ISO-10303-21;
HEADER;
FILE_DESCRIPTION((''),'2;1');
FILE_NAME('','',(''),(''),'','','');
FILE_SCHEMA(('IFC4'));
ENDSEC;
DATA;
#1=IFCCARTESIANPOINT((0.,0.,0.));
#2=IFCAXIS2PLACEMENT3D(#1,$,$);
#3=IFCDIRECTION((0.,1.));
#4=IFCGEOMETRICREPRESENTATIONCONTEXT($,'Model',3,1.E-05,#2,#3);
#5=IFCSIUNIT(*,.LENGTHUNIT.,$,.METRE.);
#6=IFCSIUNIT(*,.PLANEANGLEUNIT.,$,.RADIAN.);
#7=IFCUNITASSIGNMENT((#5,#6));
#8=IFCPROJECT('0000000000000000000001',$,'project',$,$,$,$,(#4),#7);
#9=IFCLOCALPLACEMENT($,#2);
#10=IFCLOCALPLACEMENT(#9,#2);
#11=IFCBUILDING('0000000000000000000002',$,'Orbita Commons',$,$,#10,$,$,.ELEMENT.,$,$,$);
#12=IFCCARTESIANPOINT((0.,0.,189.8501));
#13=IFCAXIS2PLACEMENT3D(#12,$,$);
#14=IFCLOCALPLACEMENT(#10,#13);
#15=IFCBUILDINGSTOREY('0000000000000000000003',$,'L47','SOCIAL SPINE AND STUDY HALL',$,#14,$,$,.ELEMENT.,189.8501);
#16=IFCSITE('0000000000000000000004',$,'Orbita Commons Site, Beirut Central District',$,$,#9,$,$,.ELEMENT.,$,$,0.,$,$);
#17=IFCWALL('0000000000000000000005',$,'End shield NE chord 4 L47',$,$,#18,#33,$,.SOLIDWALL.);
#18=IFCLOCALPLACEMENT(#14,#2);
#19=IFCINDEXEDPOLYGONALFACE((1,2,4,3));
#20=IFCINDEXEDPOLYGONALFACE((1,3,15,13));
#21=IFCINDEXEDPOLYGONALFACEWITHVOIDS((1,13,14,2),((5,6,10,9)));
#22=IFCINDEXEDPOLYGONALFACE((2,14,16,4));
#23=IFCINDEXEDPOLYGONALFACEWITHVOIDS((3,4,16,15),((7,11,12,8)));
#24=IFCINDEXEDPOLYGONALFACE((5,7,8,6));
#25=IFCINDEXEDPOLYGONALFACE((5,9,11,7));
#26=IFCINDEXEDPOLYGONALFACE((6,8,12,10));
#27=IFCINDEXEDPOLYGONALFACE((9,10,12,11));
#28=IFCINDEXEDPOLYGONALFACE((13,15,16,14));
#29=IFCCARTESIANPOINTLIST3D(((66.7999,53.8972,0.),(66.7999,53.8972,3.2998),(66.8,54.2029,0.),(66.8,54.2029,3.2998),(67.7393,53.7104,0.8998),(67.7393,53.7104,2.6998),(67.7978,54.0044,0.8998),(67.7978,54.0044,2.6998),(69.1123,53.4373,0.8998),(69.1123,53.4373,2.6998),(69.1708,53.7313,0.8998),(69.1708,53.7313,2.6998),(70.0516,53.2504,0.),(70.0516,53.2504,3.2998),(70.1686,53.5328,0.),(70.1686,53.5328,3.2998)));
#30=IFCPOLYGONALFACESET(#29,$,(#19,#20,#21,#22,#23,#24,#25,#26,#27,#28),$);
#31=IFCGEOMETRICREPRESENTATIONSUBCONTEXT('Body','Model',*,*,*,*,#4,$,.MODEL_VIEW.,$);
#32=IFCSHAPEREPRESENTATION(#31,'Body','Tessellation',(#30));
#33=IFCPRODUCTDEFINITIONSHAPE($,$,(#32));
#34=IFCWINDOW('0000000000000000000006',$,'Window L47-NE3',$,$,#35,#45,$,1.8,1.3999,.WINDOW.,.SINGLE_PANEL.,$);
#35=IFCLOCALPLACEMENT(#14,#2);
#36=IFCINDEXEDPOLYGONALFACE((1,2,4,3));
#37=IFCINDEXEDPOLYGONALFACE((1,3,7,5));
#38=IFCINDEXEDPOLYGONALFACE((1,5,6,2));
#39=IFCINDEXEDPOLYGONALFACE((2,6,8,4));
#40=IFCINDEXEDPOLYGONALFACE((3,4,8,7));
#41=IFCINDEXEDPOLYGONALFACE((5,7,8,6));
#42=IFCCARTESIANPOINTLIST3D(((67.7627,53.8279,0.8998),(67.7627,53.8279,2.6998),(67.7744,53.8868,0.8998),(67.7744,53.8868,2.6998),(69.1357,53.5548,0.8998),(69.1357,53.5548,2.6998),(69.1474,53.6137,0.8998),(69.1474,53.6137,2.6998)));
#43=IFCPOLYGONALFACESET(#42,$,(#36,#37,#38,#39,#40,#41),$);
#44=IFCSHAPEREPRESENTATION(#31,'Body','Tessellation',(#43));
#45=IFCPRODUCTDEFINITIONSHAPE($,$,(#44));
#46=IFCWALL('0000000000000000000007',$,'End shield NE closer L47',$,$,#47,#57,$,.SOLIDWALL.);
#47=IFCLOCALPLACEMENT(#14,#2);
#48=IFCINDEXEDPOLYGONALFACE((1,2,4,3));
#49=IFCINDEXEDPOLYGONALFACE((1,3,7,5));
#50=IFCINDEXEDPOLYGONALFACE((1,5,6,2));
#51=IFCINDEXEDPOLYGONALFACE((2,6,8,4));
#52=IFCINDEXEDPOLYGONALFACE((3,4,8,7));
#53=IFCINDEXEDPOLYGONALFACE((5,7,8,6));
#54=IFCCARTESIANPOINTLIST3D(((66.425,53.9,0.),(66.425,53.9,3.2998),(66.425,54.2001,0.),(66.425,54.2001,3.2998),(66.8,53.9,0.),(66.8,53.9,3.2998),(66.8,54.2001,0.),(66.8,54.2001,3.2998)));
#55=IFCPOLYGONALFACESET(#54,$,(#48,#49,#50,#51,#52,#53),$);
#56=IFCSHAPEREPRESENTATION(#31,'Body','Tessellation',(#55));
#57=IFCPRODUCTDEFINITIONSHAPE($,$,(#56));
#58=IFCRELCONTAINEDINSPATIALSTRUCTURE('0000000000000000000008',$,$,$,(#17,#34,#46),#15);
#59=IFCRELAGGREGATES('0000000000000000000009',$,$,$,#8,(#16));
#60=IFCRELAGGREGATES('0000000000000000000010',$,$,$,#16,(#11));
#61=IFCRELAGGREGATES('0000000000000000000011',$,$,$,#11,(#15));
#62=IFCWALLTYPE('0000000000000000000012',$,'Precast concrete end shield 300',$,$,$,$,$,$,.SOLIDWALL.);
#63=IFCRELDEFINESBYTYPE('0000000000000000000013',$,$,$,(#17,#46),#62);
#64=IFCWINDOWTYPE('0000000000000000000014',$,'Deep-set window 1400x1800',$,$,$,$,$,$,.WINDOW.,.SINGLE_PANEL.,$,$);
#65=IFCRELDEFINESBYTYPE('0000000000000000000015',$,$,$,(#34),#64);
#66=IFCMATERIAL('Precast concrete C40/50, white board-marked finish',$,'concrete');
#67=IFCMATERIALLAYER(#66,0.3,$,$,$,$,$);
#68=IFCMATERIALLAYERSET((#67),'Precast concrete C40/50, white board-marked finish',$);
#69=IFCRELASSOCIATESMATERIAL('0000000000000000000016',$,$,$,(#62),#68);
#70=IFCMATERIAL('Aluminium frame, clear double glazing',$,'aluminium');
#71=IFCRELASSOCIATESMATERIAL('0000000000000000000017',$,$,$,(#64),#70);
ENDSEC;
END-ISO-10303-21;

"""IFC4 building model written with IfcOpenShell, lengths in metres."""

from ifc_helpers import new_model, si_unit, direction, frame, frame_2d, origin, place, context, subcontext, project, spatial, polyline, rectangle, outline, extrude, material, layer, layer_set, type_object, element, fill, save


model = new_model("IFC4")

# Units and contexts
model_context = context("Model", 3, precision=1e-05, world=origin(), true_north=direction((0.0, 1.0)))
body_context = subcontext(model_context, "Body", "Model", "MODEL_VIEW")
ifc_project = project(units=[si_unit("LENGTHUNIT", "METRE"), si_unit("PLANEANGLEUNIT", "RADIAN")], contexts=[model_context])

# Site, building, storey
site_placement = place(None, origin())
site = spatial("IfcSite", under=ifc_project, at=site_placement, Name="Orbita Commons Site, Beirut Central District", CompositionType="ELEMENT", RefElevation=0.0)
building_placement = place(site_placement, origin())
building = spatial("IfcBuilding", under=site, at=building_placement, Name="Orbita Commons", CompositionType="ELEMENT")
storey_placement = place(building_placement, frame((0.0, 0.0, 189.8501)))
storey = spatial("IfcBuildingStorey", under=building, at=storey_placement, Name="L47", Description="SOCIAL SPINE AND STUDY HALL", CompositionType="ELEMENT", Elevation=189.8501)

# Wall, opening, window
ifc_material_1 = material(Name="Precast concrete C40/50, white board-marked finish", Category="concrete")
ifc_layer_1 = layer(ifc_material_1, 0.3)
ifc_layer_set_1 = layer_set([ifc_layer_1], Name="Precast concrete C40/50, white board-marked finish")
wall_type_1 = type_object("IfcWallType", Name="Precast concrete end shield 300", PredefinedType="SOLIDWALL", material=ifc_layer_set_1)
ifc_material_2 = material(Name="Aluminium frame, clear double glazing", Category="aluminium")
window_type = type_object("IfcWindowType", Name="Deep-set window 1400x1800", PartitioningType="SINGLE_PANEL", PredefinedType="WINDOW", material=ifc_material_2)
wall_1_placement = place(storey_placement, frame((70.1101, 53.3916, 0.0), z_axis=(0.0, 0.0, 1.0), x_axis=(-0.980783, 0.1951, 0.0)))
wall_1 = element("IfcWall", 1, at=wall_1_placement, inside=storey, type_object=wall_type_1, Name="End shield NE chord 4 L47", PredefinedType="SOLIDWALL", context=body_context, shape_type="SweptSolid", body=[
    extrude(outline(polyline([(-0.0298, -0.1499), (3.4048, -0.1499), (3.3452, 0.1499), (0.0298, 0.1499), (-0.0298, -0.1499)])), origin(), (0.0, 0.0, 1.0), 3.2998),
])
opening_1_placement = place(wall_1_placement, frame((0.9875, 0.0, 0.8999)))
opening_1 = element("IfcOpeningElement", 2, at=opening_1_placement, cuts=wall_1, PredefinedType="OPENING", context=body_context, shape_type="SweptSolid", body=[
    extrude(rectangle(XDim=1.3999, YDim=1.8, at=frame_2d((0.7, 0.8999))), frame((0.0, 0.1599, 0.0), z_axis=(0.0, -1.0, 0.0), x_axis=(1.0, 0.0, 0.0)), (0.0, 0.0, 1.0), 0.3201),
])
window_1_placement = place(opening_1_placement, origin())
window_1 = element("IfcWindow", 3, at=window_1_placement, inside=storey, type_object=window_type, Name="Window L47-NE3", OverallHeight=1.8, OverallWidth=1.3999, PartitioningType="SINGLE_PANEL", PredefinedType="WINDOW", context=body_context, shape_type="SweptSolid", body=[
    extrude(rectangle(XDim=1.3999, YDim=1.8, at=frame_2d((0.7, 0.8999))), frame((0.0, 0.03, 0.0), z_axis=(0.0, -1.0, 0.0), x_axis=(1.0, 0.0, 0.0)), (0.0, 0.0, 1.0), 0.0601),
])
fill(opening_1, window_1)

# Wall
wall_2_placement = place(storey_placement, frame((66.8, 54.05, 0.0), z_axis=(0.0, 0.0, 1.0), x_axis=(-1.0, 0.0, 0.0)))
element("IfcWall", 4, at=wall_2_placement, inside=storey, type_object=wall_type_1, Name="End shield NE closer L47", PredefinedType="SOLIDWALL", context=body_context, shape_type="SweptSolid", body=[
    extrude(rectangle(XDim=0.375, YDim=0.3, at=frame_2d((0.1875, 0.0))), origin(), (0.0, 0.0, 1.0), 3.2998),
])

save(model, "model.ifc")
